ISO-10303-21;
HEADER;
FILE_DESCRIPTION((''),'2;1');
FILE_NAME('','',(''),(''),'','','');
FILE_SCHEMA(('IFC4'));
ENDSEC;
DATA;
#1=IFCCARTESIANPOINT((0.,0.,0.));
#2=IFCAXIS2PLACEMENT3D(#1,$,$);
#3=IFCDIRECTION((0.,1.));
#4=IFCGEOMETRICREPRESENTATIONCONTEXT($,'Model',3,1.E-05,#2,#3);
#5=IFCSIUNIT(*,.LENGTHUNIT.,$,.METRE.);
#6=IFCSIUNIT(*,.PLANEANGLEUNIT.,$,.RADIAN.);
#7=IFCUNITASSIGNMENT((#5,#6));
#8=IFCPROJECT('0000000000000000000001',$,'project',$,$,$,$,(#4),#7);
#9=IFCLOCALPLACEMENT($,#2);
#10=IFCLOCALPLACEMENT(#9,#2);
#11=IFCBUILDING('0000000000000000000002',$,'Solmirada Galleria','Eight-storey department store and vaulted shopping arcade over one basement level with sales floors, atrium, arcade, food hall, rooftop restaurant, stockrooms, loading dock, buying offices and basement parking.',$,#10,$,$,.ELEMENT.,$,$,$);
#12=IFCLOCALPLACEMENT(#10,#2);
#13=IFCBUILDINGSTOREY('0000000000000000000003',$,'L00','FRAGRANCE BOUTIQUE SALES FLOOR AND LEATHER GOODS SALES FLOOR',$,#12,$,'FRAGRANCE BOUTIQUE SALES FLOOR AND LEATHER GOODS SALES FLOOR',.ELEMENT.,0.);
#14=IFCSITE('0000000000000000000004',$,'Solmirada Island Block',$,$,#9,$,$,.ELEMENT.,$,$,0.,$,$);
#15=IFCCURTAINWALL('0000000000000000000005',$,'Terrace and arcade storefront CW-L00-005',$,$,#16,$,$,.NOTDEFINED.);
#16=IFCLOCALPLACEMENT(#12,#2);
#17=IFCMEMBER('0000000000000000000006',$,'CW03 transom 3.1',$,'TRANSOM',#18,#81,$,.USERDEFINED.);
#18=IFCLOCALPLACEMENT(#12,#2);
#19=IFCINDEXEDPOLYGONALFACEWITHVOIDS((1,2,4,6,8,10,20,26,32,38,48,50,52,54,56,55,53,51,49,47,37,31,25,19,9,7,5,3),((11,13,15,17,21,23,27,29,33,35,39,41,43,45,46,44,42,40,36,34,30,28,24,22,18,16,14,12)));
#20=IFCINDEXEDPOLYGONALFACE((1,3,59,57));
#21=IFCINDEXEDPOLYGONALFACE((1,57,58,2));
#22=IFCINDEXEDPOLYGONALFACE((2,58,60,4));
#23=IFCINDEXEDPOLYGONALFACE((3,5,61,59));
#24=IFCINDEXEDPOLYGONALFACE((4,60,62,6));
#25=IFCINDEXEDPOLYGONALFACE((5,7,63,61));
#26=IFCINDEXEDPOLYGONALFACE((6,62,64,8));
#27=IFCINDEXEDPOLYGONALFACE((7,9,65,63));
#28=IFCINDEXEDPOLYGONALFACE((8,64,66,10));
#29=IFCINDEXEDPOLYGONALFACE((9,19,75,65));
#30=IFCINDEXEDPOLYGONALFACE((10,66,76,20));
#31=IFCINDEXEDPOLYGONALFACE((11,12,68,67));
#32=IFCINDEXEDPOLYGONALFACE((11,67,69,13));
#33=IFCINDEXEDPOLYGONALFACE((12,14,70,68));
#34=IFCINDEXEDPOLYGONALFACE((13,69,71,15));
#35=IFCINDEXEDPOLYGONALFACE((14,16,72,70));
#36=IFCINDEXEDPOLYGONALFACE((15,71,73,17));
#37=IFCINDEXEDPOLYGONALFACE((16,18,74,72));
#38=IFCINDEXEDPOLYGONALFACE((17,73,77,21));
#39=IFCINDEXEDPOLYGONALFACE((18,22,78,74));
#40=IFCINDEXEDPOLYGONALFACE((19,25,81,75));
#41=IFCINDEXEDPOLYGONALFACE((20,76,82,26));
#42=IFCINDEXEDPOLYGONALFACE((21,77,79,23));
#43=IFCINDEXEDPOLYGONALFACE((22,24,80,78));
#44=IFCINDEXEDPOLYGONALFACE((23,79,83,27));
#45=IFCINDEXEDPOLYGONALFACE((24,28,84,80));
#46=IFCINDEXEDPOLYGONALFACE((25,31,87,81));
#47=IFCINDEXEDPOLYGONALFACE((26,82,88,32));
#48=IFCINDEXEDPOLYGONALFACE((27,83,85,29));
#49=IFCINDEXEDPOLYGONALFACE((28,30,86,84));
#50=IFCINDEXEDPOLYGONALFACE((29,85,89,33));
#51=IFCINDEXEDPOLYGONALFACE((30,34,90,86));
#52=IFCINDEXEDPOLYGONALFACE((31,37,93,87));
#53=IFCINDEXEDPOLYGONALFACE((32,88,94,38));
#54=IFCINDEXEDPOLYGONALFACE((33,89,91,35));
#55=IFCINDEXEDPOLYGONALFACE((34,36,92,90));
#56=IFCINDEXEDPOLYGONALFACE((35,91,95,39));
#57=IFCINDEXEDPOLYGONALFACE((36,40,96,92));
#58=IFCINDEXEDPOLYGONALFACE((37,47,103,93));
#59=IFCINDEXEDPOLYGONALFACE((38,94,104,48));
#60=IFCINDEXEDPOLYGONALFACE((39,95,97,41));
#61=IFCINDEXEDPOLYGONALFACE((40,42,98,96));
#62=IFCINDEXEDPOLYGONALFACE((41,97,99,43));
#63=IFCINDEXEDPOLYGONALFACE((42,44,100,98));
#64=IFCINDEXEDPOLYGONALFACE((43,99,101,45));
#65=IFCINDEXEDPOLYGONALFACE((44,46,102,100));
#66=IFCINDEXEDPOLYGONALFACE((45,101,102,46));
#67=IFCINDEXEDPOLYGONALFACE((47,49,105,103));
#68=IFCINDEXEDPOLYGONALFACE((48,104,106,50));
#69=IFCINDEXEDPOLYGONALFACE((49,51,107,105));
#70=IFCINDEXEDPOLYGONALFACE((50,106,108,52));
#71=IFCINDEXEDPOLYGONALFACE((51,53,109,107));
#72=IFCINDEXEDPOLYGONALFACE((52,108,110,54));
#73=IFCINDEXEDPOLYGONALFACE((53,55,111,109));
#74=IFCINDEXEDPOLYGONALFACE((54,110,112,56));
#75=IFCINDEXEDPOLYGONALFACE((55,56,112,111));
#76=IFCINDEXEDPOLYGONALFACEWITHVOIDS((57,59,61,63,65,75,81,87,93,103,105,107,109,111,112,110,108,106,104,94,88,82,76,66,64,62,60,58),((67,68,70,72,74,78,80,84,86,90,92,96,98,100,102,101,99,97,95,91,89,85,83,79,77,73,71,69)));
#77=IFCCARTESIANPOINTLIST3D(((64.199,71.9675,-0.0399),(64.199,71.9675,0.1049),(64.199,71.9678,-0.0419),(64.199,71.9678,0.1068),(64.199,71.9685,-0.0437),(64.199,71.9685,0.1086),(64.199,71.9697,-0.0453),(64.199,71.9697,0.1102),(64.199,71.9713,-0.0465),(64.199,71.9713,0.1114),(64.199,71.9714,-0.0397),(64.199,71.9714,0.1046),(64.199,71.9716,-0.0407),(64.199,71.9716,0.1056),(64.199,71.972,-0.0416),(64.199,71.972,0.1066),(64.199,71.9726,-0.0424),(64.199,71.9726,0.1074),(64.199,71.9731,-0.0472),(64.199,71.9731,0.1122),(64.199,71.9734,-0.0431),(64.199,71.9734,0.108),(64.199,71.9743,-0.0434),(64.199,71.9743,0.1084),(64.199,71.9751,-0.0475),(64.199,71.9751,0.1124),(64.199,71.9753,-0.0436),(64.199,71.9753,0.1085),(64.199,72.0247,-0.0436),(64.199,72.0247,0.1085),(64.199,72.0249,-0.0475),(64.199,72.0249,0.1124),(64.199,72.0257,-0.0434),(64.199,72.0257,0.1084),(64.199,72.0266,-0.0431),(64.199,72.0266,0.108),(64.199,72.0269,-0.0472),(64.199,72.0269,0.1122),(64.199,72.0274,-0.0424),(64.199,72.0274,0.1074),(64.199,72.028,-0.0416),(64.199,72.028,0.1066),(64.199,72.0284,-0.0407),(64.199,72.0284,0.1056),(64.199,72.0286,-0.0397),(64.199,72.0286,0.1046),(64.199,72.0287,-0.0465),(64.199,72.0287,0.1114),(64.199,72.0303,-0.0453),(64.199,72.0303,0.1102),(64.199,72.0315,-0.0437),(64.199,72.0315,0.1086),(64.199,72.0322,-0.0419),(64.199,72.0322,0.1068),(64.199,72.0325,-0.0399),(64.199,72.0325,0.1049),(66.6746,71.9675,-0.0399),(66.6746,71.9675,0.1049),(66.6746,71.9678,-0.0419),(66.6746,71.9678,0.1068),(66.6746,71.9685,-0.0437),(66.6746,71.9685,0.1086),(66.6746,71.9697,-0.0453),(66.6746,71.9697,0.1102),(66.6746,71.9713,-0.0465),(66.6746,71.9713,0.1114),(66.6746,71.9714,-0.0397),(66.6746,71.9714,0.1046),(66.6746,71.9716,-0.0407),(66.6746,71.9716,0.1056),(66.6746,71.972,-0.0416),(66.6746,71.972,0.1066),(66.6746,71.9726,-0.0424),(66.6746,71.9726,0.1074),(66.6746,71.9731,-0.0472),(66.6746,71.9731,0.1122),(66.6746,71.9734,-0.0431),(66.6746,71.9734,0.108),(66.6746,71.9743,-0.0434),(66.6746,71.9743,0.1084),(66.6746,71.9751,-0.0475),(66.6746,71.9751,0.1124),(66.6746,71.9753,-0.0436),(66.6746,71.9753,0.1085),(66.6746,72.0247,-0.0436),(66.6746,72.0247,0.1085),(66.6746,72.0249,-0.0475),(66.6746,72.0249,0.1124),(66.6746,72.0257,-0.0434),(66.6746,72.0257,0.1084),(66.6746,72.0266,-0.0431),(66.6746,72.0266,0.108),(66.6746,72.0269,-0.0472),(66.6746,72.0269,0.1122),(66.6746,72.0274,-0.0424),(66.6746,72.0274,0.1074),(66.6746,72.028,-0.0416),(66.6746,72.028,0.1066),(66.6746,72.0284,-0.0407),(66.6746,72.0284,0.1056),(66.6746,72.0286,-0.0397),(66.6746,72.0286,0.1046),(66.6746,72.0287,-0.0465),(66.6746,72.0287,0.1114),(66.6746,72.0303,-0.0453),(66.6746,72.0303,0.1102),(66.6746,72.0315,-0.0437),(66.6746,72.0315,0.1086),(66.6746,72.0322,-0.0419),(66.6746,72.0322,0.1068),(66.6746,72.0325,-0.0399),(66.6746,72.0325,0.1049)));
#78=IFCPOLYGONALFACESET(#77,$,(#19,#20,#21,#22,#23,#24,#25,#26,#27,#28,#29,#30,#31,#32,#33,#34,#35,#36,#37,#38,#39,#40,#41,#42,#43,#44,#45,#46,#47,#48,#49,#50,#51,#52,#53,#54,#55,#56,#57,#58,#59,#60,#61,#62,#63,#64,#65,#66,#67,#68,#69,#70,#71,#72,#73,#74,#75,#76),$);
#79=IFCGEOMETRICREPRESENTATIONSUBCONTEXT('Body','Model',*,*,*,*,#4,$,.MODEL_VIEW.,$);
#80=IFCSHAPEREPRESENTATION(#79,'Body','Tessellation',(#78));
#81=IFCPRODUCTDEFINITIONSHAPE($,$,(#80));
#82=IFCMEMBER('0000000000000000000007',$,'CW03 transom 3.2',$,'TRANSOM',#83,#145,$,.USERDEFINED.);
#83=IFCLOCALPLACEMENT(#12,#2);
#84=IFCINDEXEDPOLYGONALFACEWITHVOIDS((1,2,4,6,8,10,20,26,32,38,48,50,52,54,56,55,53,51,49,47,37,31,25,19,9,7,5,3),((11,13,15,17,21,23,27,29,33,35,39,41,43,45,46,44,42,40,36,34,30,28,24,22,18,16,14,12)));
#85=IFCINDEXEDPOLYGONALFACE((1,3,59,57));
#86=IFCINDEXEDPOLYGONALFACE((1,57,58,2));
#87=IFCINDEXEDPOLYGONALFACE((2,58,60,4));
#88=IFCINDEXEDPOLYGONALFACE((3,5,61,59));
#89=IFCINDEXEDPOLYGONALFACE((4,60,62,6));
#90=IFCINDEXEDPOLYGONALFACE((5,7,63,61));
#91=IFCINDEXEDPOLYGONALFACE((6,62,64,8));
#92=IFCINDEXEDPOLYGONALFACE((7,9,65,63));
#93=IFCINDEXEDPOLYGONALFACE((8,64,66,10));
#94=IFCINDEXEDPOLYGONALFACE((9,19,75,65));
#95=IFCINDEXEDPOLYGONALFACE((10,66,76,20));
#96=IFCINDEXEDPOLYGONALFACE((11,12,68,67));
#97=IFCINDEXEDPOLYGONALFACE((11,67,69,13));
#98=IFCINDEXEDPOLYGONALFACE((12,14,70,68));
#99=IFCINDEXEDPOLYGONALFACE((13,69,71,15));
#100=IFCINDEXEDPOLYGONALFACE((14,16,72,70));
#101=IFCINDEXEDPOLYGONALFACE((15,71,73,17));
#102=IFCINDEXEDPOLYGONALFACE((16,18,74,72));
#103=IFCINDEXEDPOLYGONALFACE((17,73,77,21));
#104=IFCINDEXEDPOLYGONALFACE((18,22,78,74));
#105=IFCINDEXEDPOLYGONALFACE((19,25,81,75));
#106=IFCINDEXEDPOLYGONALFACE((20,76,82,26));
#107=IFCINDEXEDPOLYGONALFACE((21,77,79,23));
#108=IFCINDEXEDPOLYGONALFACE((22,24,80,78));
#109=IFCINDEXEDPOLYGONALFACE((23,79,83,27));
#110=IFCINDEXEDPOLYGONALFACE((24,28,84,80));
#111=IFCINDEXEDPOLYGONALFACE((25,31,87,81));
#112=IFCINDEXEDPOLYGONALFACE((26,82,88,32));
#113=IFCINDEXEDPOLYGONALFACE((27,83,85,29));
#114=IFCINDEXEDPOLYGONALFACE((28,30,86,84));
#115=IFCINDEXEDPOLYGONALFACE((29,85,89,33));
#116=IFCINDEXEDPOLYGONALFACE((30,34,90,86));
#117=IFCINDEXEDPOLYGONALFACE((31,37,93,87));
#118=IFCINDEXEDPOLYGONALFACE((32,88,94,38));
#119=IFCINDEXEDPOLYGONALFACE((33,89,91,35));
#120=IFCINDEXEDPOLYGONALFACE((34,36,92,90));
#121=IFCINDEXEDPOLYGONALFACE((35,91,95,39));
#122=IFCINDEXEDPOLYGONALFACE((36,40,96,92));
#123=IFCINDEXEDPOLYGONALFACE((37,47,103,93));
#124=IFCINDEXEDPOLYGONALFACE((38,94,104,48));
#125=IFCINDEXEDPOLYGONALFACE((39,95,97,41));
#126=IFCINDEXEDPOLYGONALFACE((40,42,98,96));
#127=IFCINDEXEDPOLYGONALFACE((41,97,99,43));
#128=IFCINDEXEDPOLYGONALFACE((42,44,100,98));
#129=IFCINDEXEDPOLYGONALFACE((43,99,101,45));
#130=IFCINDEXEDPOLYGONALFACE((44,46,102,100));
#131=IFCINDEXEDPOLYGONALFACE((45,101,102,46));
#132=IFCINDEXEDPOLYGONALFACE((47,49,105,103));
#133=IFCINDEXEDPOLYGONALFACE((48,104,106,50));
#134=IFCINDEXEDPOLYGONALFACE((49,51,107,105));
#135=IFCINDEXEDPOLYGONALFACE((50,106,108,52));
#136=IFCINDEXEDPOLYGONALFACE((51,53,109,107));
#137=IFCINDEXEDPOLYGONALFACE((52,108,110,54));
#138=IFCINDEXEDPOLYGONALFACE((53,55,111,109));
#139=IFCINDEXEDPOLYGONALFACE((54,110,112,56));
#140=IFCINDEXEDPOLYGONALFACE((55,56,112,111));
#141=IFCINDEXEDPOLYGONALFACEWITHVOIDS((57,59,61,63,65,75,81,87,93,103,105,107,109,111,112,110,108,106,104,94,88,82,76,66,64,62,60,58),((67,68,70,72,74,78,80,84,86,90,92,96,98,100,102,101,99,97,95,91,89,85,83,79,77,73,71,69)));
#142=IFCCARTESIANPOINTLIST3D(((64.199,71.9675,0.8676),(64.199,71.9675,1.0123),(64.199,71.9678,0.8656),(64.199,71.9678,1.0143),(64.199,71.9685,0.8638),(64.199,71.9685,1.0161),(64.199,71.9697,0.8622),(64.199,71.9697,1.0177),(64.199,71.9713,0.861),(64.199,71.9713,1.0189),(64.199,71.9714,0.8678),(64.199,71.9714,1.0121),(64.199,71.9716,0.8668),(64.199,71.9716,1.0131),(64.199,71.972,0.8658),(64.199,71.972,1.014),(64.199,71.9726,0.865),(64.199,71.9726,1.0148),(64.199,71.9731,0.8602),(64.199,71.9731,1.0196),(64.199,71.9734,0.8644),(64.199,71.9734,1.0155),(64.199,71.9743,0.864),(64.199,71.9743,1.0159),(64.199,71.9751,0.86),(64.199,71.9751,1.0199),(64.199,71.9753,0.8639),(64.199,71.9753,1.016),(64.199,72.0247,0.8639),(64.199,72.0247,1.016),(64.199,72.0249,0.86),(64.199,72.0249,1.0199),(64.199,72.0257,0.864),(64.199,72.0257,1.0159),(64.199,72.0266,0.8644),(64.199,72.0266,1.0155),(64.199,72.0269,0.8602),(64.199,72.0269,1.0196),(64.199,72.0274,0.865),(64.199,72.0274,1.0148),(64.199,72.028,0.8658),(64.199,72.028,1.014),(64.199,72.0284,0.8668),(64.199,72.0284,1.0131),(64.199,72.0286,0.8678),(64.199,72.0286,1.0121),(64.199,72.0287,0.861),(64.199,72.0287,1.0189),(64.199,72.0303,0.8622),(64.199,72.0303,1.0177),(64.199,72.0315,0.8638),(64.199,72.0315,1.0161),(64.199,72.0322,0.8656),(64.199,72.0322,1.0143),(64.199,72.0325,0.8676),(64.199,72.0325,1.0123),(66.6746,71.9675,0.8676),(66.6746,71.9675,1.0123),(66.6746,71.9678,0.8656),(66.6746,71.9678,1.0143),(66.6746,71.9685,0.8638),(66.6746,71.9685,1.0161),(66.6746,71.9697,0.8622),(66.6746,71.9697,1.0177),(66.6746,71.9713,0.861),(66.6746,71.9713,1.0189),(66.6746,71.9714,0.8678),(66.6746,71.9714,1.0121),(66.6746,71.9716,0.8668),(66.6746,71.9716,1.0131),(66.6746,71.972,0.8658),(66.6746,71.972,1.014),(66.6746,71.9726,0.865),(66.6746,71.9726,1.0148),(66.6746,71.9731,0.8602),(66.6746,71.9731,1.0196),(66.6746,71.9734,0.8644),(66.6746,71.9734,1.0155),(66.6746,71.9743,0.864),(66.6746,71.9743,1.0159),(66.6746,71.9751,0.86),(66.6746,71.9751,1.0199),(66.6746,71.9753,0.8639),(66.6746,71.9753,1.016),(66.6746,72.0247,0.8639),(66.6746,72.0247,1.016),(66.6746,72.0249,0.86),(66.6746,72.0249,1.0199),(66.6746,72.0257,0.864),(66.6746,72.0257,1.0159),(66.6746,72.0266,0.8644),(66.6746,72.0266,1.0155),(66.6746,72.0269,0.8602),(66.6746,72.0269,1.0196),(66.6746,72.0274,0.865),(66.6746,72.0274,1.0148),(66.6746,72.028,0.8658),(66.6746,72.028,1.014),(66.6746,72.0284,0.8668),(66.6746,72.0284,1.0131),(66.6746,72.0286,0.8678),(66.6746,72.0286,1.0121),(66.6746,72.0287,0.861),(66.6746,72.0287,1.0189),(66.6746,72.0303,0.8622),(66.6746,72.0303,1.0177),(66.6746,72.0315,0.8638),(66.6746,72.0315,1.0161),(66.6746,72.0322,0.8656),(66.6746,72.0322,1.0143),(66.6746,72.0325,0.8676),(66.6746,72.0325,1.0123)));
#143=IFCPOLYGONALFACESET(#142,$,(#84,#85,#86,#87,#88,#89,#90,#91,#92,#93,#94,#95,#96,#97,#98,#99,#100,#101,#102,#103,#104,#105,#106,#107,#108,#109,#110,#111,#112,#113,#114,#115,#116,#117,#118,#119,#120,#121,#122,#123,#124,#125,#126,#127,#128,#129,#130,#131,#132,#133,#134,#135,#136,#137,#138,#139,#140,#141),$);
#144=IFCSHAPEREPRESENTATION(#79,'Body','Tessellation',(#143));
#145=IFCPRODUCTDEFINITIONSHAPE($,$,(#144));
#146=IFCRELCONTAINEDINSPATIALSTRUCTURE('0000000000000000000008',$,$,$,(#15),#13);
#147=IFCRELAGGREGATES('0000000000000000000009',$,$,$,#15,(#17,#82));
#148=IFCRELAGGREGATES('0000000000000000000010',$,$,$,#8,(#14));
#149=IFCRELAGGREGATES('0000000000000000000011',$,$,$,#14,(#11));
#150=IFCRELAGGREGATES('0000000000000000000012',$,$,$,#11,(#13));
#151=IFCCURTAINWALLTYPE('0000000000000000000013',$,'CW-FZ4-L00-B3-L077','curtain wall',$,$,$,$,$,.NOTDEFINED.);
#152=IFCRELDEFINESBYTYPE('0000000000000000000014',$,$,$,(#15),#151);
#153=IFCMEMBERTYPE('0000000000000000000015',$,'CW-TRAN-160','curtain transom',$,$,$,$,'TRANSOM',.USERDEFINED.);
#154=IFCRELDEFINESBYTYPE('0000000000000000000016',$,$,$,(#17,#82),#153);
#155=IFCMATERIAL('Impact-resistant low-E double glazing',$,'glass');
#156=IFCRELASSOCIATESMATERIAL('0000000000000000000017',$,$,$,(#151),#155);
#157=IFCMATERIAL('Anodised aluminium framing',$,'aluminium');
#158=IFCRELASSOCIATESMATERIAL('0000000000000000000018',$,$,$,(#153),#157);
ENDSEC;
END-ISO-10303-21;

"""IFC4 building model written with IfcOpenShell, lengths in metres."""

from ifc_helpers import new_model, si_unit, direction, frame, origin, origin_2d, place, context, subcontext, project, spatial, hollow_rectangle, extrude, material, material_profile, profile_set, type_object, element, aggregate, save


model = new_model("IFC4")

# Units and contexts
model_context = context("Model", 3, precision=1e-05, world=origin(), true_north=direction((0.0, 1.0)))
body_context = subcontext(model_context, "Body", "Model", "MODEL_VIEW")
ifc_project = project(units=[si_unit("LENGTHUNIT", "METRE"), si_unit("PLANEANGLEUNIT", "RADIAN")], contexts=[model_context])

# Site, building, storey
site_placement = place(None, origin())
site = spatial("IfcSite", under=ifc_project, at=site_placement, Name="Solmirada Island Block", CompositionType="ELEMENT", RefElevation=0.0)
building_placement = place(site_placement, origin())
building = spatial("IfcBuilding", under=site, at=building_placement, Name="Solmirada Galleria", Description="Eight-storey department store and vaulted shopping arcade over one basement level with sales floors, atrium, arcade, food hall, rooftop restaurant, stockrooms, loading dock, buying offices and basement parking.", CompositionType="ELEMENT")
storey_placement = place(building_placement, origin())
storey = spatial("IfcBuildingStorey", under=building, at=storey_placement, Name="L00", Description="FRAGRANCE BOUTIQUE SALES FLOOR AND LEATHER GOODS SALES FLOOR", LongName="FRAGRANCE BOUTIQUE SALES FLOOR AND LEATHER GOODS SALES FLOOR", CompositionType="ELEMENT", Elevation=0.0)

# Shared definitions
ifc_material_1 = material(Name="Impact-resistant low-E double glazing", Category="glass")
ifc_material_2 = material(Name="Anodised aluminium framing", Category="aluminium")

# Curtain wall
curtain_wall_type_1 = type_object("IfcCurtainWallType", Name="CW-FZ4-L00-B3-L077", Description="curtain wall", PredefinedType="NOTDEFINED", material=ifc_material_1)
curtain_wall_1_placement = place(storey_placement, origin())
curtain_wall_1 = element("IfcCurtainWall", 1, at=curtain_wall_1_placement, inside=storey, type_object=curtain_wall_type_1, Name="Terrace and arcade storefront CW-L00-005", PredefinedType="NOTDEFINED")

# Members
ifc_material_profile_1 = material_profile(ifc_material_2, hollow_rectangle(XDim=0.0649, YDim=0.1599, WallThickness=0.0039, InnerFilletRadius=0.0039, OuterFilletRadius=0.0076, at=origin_2d()), Name="ALU-TRAN-160X65")
ifc_profile_set_1 = profile_set([ifc_material_profile_1], Name="Anodised aluminium framing")
member_type_1 = type_object("IfcMemberType", Name="CW-TRAN-160", Description="curtain transom", ElementType="TRANSOM", PredefinedType="USERDEFINED", material=ifc_profile_set_1)
member_1_placement = place(storey_placement, frame((66.6746, 72.0, 0.0325), z_axis=(-1.0, 0.0, 0.0), x_axis=(0.0, -1.0, 0.0)))
member_1 = element("IfcMember", 2, at=member_1_placement, type_object=member_type_1, Name="CW03 transom 3.1", ObjectType="TRANSOM", PredefinedType="USERDEFINED", context=body_context, shape_type="SweptSolid", body=[
    extrude(hollow_rectangle(XDim=0.0649, YDim=0.1599, WallThickness=0.0039, InnerFilletRadius=0.0039, OuterFilletRadius=0.0076, at=origin_2d()), origin(), (0.0, 0.0, 1.0), 2.4756),
])
member_2_placement = place(storey_placement, frame((66.6746, 72.0, 0.9399), z_axis=(-1.0, 0.0, 0.0), x_axis=(0.0, -1.0, 0.0)))
member_2 = element("IfcMember", 3, at=member_2_placement, type_object=member_type_1, Name="CW03 transom 3.2", ObjectType="TRANSOM", PredefinedType="USERDEFINED", context=body_context, shape_type="SweptSolid", body=[
    extrude(hollow_rectangle(XDim=0.0649, YDim=0.1599, WallThickness=0.0039, InnerFilletRadius=0.0039, OuterFilletRadius=0.0076, at=origin_2d()), origin(), (0.0, 0.0, 1.0), 2.4756),
])

aggregate(curtain_wall_1, [member_1, member_2])

save(model, "model.ifc")
